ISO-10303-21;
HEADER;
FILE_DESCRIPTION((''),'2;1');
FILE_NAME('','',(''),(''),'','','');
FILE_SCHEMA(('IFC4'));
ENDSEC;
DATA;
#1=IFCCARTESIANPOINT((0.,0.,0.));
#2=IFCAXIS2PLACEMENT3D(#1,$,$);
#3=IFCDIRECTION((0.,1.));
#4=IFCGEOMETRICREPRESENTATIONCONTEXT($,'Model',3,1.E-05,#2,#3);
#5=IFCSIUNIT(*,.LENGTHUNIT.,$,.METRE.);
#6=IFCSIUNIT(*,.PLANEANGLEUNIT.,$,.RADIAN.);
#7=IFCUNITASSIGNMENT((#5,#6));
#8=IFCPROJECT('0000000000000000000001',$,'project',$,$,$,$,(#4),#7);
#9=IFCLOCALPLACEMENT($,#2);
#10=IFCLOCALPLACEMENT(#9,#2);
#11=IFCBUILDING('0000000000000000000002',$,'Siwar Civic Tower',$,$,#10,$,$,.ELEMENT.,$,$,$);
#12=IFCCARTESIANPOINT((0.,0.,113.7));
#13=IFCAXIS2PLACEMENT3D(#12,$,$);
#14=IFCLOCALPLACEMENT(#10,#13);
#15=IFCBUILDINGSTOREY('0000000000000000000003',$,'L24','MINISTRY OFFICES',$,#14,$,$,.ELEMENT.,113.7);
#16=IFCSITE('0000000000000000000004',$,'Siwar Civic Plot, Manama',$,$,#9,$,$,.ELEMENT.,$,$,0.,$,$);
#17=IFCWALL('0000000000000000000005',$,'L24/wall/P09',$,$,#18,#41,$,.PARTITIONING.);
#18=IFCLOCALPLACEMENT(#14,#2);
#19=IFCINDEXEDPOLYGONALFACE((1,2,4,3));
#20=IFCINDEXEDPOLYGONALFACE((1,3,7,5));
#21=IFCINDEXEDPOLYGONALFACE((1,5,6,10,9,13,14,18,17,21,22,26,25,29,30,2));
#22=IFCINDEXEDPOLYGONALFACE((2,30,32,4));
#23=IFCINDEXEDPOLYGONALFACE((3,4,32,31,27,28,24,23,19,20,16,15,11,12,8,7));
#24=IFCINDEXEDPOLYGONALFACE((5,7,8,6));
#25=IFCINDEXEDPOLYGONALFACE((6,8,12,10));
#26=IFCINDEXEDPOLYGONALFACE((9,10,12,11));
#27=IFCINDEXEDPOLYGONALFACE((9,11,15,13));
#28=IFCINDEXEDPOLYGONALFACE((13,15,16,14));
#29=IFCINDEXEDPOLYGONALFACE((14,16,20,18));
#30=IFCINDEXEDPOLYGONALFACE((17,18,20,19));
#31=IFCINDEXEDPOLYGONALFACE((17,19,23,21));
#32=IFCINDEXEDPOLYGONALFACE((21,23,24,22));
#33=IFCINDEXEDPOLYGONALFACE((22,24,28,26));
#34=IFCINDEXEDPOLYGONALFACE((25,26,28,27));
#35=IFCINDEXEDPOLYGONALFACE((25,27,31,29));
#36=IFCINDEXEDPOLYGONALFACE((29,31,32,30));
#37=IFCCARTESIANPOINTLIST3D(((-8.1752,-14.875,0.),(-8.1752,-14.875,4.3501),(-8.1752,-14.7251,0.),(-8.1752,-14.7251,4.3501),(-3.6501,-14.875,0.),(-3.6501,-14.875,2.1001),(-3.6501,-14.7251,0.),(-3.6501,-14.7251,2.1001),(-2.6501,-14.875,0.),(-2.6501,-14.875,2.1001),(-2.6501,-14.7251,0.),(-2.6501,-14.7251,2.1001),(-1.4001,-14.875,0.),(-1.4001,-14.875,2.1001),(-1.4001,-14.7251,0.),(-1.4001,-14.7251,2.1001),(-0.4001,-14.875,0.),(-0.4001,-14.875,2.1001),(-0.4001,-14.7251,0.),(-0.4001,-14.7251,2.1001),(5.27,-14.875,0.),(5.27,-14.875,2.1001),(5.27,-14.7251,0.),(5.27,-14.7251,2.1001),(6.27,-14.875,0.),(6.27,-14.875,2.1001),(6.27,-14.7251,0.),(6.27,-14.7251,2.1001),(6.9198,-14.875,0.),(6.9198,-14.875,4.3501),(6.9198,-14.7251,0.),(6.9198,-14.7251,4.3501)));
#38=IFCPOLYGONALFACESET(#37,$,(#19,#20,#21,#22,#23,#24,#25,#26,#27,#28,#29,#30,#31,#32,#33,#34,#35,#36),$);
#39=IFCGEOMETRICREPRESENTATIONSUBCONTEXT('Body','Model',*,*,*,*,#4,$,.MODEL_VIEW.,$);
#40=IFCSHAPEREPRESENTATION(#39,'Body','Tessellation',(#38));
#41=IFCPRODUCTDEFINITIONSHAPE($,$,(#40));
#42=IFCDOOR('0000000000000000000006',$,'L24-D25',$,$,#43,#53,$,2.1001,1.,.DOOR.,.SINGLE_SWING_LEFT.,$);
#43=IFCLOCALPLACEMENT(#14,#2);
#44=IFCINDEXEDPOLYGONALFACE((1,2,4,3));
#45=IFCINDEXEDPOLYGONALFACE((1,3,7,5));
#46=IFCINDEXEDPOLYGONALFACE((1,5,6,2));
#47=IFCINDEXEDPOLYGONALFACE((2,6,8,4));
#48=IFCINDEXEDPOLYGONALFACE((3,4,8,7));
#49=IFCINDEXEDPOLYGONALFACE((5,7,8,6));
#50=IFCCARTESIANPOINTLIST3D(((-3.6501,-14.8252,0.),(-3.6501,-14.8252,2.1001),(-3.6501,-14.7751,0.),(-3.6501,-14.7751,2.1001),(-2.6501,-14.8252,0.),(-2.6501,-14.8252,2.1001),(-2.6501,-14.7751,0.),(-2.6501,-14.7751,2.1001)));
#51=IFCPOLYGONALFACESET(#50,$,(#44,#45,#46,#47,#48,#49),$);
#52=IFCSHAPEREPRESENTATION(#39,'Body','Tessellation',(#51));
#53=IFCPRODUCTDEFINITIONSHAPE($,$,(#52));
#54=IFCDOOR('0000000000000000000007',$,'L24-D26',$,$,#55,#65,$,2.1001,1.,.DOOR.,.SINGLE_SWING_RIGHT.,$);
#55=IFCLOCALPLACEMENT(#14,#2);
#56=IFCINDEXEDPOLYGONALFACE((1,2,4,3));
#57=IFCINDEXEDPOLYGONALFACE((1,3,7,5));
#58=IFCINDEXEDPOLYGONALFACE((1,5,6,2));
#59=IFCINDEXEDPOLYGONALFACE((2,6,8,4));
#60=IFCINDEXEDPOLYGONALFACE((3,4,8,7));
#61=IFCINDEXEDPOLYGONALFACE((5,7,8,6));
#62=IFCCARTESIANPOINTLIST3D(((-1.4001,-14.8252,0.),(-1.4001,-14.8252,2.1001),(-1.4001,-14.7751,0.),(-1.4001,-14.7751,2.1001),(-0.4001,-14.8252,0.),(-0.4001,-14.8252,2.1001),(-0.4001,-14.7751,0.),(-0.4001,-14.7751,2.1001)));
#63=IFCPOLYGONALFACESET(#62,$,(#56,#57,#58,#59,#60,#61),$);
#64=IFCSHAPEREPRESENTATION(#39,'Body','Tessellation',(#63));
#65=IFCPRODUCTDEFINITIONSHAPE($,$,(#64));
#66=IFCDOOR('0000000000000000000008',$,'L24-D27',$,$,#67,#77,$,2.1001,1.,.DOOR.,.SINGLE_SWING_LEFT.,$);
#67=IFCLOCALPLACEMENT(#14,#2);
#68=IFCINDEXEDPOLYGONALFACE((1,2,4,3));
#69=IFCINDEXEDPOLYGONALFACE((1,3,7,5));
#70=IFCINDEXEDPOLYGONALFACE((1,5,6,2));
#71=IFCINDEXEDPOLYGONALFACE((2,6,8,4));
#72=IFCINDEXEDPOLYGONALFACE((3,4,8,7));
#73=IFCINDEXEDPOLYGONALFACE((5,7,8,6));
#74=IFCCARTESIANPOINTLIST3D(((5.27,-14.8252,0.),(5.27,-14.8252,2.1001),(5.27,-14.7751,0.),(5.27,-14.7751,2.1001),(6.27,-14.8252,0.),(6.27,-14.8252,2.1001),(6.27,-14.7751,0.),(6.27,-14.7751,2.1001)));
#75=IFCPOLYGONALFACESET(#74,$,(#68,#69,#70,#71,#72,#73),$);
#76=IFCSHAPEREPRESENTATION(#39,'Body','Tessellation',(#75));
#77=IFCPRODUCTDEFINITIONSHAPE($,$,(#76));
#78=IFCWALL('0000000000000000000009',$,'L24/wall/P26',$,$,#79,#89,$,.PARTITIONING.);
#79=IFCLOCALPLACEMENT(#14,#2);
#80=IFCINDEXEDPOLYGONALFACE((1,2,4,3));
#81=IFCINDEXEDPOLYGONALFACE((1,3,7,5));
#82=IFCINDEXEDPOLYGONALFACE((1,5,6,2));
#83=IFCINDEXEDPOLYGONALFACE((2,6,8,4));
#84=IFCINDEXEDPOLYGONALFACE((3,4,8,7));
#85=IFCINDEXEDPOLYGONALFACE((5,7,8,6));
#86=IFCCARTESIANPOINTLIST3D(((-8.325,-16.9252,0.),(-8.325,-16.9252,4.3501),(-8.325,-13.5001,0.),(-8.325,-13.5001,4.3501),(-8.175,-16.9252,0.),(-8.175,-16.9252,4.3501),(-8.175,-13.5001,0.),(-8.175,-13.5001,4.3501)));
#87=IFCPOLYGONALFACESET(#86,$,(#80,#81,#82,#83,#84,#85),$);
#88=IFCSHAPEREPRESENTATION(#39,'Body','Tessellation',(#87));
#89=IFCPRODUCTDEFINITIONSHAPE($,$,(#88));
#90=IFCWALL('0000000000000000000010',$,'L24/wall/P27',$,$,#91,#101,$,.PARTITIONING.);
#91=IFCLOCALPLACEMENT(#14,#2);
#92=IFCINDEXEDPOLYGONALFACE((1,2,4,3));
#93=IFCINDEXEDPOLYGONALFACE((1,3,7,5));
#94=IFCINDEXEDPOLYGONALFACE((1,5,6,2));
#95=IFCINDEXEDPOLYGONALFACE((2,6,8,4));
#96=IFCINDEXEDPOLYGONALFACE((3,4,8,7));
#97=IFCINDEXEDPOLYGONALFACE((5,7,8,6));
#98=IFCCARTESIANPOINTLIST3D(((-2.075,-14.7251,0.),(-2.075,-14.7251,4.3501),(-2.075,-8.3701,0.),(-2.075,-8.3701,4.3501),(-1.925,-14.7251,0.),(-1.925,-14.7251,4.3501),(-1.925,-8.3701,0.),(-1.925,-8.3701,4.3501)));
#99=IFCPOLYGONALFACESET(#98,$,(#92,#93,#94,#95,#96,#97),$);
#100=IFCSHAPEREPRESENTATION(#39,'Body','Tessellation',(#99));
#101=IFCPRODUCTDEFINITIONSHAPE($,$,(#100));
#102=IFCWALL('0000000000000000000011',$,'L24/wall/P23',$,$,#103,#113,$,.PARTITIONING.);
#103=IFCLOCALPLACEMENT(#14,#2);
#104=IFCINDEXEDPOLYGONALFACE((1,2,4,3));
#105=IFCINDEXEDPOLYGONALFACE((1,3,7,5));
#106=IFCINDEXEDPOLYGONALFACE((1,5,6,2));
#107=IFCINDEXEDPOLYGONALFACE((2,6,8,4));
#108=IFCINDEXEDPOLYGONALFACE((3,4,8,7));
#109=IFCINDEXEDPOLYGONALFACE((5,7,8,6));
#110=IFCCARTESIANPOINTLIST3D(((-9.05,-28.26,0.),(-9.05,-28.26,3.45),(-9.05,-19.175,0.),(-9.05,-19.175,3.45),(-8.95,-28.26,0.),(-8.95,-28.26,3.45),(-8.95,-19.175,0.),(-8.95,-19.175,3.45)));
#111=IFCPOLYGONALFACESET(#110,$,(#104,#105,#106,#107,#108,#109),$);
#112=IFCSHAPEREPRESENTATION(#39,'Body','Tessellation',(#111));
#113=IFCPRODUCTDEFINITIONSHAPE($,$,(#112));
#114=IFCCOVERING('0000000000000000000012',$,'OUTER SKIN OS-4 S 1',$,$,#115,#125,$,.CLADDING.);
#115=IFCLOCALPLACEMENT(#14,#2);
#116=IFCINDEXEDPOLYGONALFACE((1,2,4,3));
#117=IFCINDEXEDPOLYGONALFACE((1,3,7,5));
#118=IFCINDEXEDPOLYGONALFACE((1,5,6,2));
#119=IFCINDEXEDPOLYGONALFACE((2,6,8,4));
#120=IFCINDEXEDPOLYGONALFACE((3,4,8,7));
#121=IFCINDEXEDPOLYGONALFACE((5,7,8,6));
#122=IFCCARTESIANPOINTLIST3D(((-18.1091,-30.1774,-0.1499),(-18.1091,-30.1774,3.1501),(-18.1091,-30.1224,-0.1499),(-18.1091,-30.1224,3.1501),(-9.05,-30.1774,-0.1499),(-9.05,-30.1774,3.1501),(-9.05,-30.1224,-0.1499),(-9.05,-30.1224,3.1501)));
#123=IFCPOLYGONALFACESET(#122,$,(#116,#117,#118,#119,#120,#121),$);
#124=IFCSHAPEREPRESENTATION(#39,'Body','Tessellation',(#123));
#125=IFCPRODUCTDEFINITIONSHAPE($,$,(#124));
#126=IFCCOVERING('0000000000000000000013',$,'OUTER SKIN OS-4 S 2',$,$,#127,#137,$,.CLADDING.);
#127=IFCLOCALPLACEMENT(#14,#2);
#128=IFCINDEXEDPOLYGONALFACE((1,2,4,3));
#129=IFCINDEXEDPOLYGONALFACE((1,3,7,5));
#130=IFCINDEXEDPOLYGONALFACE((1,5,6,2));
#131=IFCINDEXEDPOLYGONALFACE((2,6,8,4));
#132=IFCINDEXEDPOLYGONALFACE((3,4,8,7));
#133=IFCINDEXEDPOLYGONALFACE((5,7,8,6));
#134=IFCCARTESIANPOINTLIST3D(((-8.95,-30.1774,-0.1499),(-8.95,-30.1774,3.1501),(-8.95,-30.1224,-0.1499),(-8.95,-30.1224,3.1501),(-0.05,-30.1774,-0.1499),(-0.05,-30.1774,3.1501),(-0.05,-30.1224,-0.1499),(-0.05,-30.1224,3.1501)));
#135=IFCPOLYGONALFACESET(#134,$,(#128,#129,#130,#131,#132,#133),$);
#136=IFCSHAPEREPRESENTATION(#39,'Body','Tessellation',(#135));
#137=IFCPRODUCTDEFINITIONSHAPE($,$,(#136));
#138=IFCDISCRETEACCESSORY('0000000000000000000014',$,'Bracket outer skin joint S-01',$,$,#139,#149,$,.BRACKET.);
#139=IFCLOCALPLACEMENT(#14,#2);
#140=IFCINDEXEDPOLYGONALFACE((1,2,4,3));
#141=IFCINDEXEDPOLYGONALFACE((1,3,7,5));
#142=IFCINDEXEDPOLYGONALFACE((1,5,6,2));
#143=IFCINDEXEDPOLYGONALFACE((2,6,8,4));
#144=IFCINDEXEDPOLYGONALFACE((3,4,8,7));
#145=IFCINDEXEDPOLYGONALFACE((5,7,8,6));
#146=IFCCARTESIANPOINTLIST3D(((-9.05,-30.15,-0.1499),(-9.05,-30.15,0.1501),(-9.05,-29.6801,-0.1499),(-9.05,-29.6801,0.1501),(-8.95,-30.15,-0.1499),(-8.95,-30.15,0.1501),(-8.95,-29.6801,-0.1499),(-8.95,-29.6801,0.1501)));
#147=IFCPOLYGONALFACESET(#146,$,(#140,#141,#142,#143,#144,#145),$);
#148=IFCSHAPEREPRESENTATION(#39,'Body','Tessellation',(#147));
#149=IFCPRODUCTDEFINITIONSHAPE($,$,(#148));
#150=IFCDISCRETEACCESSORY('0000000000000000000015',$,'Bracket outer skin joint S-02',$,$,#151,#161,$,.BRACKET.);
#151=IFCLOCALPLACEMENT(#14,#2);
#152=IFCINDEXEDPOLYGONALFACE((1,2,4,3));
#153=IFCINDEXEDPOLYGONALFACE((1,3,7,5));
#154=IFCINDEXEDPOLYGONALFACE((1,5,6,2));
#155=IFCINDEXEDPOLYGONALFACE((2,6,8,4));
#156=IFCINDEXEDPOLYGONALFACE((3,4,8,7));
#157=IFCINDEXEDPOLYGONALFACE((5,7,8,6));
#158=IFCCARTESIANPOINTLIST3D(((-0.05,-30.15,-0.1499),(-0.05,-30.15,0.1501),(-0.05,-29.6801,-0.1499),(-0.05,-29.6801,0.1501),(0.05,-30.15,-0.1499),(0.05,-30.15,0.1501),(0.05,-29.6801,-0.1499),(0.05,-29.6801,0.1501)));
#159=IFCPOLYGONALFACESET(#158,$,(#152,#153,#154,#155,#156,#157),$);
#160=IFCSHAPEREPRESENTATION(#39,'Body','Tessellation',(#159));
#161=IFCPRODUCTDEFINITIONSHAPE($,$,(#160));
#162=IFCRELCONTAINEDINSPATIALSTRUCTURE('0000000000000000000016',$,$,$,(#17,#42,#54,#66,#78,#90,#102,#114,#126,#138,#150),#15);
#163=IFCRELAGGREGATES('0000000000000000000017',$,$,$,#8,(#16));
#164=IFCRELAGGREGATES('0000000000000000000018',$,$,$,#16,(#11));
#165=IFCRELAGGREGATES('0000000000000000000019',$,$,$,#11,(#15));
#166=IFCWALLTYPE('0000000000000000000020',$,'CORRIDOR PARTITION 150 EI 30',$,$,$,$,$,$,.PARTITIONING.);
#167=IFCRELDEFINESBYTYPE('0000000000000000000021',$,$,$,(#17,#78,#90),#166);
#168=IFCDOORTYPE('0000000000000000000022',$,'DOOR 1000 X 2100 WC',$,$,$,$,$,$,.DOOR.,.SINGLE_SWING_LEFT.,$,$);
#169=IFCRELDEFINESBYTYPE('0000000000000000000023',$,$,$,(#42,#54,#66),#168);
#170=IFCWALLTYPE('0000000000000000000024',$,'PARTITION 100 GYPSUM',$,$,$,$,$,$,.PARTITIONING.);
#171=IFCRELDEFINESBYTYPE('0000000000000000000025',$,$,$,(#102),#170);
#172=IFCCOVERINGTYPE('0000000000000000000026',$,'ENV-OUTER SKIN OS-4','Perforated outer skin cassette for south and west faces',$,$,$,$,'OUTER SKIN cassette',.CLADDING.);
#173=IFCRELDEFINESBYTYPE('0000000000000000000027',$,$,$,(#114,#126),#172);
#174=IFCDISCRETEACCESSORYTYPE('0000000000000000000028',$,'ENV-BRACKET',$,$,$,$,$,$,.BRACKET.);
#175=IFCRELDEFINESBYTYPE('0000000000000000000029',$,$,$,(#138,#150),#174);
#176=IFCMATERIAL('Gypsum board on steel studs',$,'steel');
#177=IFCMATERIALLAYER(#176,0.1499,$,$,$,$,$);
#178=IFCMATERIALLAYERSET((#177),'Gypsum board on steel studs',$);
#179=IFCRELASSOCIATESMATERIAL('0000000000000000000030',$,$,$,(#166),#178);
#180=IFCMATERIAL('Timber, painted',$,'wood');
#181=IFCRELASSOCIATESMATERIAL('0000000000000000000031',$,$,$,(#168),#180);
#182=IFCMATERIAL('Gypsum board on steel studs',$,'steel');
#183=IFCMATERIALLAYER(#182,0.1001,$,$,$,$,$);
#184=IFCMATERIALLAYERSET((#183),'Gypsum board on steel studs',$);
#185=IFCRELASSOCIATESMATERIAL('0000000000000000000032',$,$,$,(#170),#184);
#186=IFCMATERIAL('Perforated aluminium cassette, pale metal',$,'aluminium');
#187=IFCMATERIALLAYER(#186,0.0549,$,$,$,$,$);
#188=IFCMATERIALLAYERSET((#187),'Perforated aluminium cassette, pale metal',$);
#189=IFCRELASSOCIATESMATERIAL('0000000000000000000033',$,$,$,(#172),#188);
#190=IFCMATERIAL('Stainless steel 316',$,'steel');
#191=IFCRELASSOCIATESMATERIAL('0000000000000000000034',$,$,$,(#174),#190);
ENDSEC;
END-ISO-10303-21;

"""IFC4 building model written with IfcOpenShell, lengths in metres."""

from ifc_helpers import new_model, si_unit, direction, frame, frame_2d, origin, origin_2d, place, context, subcontext, project, spatial, rectangle, extrude, material, layer, layer_set, type_object, element, fill, save


model = new_model("IFC4")

# Units and contexts
model_context = context("Model", 3, precision=1e-05, world=origin(), true_north=direction((0.0, 1.0)))
body_context = subcontext(model_context, "Body", "Model", "MODEL_VIEW")
ifc_project = project(units=[si_unit("LENGTHUNIT", "METRE"), si_unit("PLANEANGLEUNIT", "RADIAN")], contexts=[model_context])

# Site, building, storey
site_placement = place(None, origin())
site = spatial("IfcSite", under=ifc_project, at=site_placement, Name="Siwar Civic Plot, Manama", CompositionType="ELEMENT", RefElevation=0.0)
building_placement = place(site_placement, origin())
building = spatial("IfcBuilding", under=site, at=building_placement, Name="Siwar Civic Tower", CompositionType="ELEMENT")
storey_placement = place(building_placement, frame((0.0, 0.0, 113.7)))
storey = spatial("IfcBuildingStorey", under=building, at=storey_placement, Name="L24", Description="MINISTRY OFFICES", CompositionType="ELEMENT", Elevation=113.7)

# Wall, openings, doors
ifc_material_1 = material(Name="Gypsum board on steel studs", Category="steel")
ifc_layer_1 = layer(ifc_material_1, 0.1499)
ifc_layer_set_1 = layer_set([ifc_layer_1], Name="Gypsum board on steel studs")
wall_type_1 = type_object("IfcWallType", Name="CORRIDOR PARTITION 150 EI 30", PredefinedType="PARTITIONING", material=ifc_layer_set_1)
wall_1_placement = place(storey_placement, frame((-8.175, -14.8, 0.0), z_axis=(0.0, 0.0, 1.0), x_axis=(1.0, 0.0, 0.0)))
wall_1 = element("IfcWall", 1, at=wall_1_placement, inside=storey, type_object=wall_type_1, Name="L24/wall/P09", PredefinedType="PARTITIONING", context=body_context, shape_type="SweptSolid", body=[
    extrude(rectangle(XDim=15.095, YDim=0.1499, at=frame_2d((7.5474, 0.0))), origin(), (0.0, 0.0, 1.0), 4.3501),
])
opening_1_placement = place(wall_1_placement, frame((4.5249, 0.0, 0.0)))
opening_1 = element("IfcOpeningElement", 2, at=opening_1_placement, cuts=wall_1, PredefinedType="OPENING", context=body_context, shape_type="SweptSolid", body=[
    extrude(rectangle(XDim=1.0, YDim=2.1001, at=frame_2d((0.5, 1.05))), frame((0.0, 0.085, 0.0), z_axis=(0.0, -1.0, 0.0), x_axis=(1.0, 0.0, 0.0)), (0.0, 0.0, 1.0), 0.1699),
])
opening_2_placement = place(wall_1_placement, frame((6.7749, 0.0, 0.0)))
opening_2 = element("IfcOpeningElement", 3, at=opening_2_placement, cuts=wall_1, PredefinedType="OPENING", context=body_context, shape_type="SweptSolid", body=[
    extrude(rectangle(XDim=1.0, YDim=2.1001, at=frame_2d((0.5, 1.05))), frame((0.0, 0.085, 0.0), z_axis=(0.0, -1.0, 0.0), x_axis=(1.0, 0.0, 0.0)), (0.0, 0.0, 1.0), 0.1699),
])
opening_3_placement = place(wall_1_placement, frame((13.4451, 0.0, 0.0)))
opening_3 = element("IfcOpeningElement", 4, at=opening_3_placement, cuts=wall_1, PredefinedType="OPENING", context=body_context, shape_type="SweptSolid", body=[
    extrude(rectangle(XDim=1.0, YDim=2.1001, at=frame_2d((0.5, 1.05))), frame((0.0, 0.085, 0.0), z_axis=(0.0, -1.0, 0.0), x_axis=(1.0, 0.0, 0.0)), (0.0, 0.0, 1.0), 0.1699),
])
ifc_material_2 = material(Name="Timber, painted", Category="wood")
door_type = type_object("IfcDoorType", Name="DOOR 1000 X 2100 WC", OperationType="SINGLE_SWING_LEFT", PredefinedType="DOOR", material=ifc_material_2)
door_1_placement = place(opening_1_placement, origin())
door_1 = element("IfcDoor", 5, at=door_1_placement, inside=storey, type_object=door_type, Name="L24-D25", OperationType="SINGLE_SWING_LEFT", OverallHeight=2.1001, OverallWidth=1.0, PredefinedType="DOOR", context=body_context, shape_type="SweptSolid", body=[
    extrude(rectangle(XDim=1.0, YDim=2.1001, at=frame_2d((0.5, 1.05))), frame((0.0, 0.0249, 0.0), z_axis=(0.0, -1.0, 0.0), x_axis=(1.0, 0.0, 0.0)), (0.0, 0.0, 1.0), 0.05),
])
fill(opening_1, door_1)
door_2_placement = place(opening_2_placement, origin())
door_2 = element("IfcDoor", 6, at=door_2_placement, inside=storey, type_object=door_type, Name="L24-D26", OperationType="SINGLE_SWING_RIGHT", OverallHeight=2.1001, OverallWidth=1.0, PredefinedType="DOOR", context=body_context, shape_type="SweptSolid", body=[
    extrude(rectangle(XDim=1.0, YDim=2.1001, at=frame_2d((0.5, 1.05))), frame((0.0, 0.0249, 0.0), z_axis=(0.0, -1.0, 0.0), x_axis=(1.0, 0.0, 0.0)), (0.0, 0.0, 1.0), 0.05),
])
fill(opening_2, door_2)
door_3_placement = place(opening_3_placement, origin())
door_3 = element("IfcDoor", 7, at=door_3_placement, inside=storey, type_object=door_type, Name="L24-D27", OperationType="SINGLE_SWING_LEFT", OverallHeight=2.1001, OverallWidth=1.0, PredefinedType="DOOR", context=body_context, shape_type="SweptSolid", body=[
    extrude(rectangle(XDim=1.0, YDim=2.1001, at=frame_2d((0.5, 1.05))), frame((0.0, 0.0249, 0.0), z_axis=(0.0, -1.0, 0.0), x_axis=(1.0, 0.0, 0.0)), (0.0, 0.0, 1.0), 0.05),
])
fill(opening_3, door_3)

# Walls
wall_2_placement = place(storey_placement, frame((-8.25, -16.925, 0.0), z_axis=(0.0, 0.0, 1.0), x_axis=(0.0, 1.0, 0.0)))
element("IfcWall", 8, at=wall_2_placement, inside=storey, type_object=wall_type_1, Name="L24/wall/P26", PredefinedType="PARTITIONING", context=body_context, shape_type="SweptSolid", body=[
    extrude(rectangle(XDim=3.425, YDim=0.1499, at=frame_2d((1.7124, 0.0))), origin(), (0.0, 0.0, 1.0), 4.3501),
])
wall_3_placement = place(storey_placement, frame((-2.0, -14.7251, 0.0), z_axis=(0.0, 0.0, 1.0), x_axis=(0.0, 1.0, 0.0)))
element("IfcWall", 9, at=wall_3_placement, inside=storey, type_object=wall_type_1, Name="L24/wall/P27", PredefinedType="PARTITIONING", context=body_context, shape_type="SweptSolid", body=[
    extrude(rectangle(XDim=6.355, YDim=0.1499, at=frame_2d((3.1775, 0.0))), origin(), (0.0, 0.0, 1.0), 4.3501),
])
ifc_material_3 = material(Name="Gypsum board on steel studs", Category="steel")
ifc_layer_2 = layer(ifc_material_3, 0.1001)
ifc_layer_set_2 = layer_set([ifc_layer_2], Name="Gypsum board on steel studs")
wall_type_2 = type_object("IfcWallType", Name="PARTITION 100 GYPSUM", PredefinedType="PARTITIONING", material=ifc_layer_set_2)
wall_4_placement = place(storey_placement, frame((-9.0, -28.26, 0.0), z_axis=(0.0, 0.0, 1.0), x_axis=(0.0, 1.0, 0.0)))
element("IfcWall", 10, at=wall_4_placement, inside=storey, type_object=wall_type_2, Name="L24/wall/P23", PredefinedType="PARTITIONING", context=body_context, shape_type="SweptSolid", body=[
    extrude(rectangle(XDim=9.085, YDim=0.1001, at=frame_2d((4.5425, 0.0))), origin(), (0.0, 0.0, 1.0), 3.45),
])

# Coverings
ifc_material_4 = material(Name="Perforated aluminium cassette, pale metal", Category="aluminium")
ifc_layer_3 = layer(ifc_material_4, 0.0549)
ifc_layer_set_3 = layer_set([ifc_layer_3], Name="Perforated aluminium cassette, pale metal")
covering_type = type_object("IfcCoveringType", Name="ENV-OUTER SKIN OS-4", Description="Perforated outer skin cassette for south and west faces", ElementType="OUTER SKIN cassette", PredefinedType="CLADDING", material=ifc_layer_set_3)
covering_1_placement = place(storey_placement, frame((-13.5796, -30.1499, -0.1499), z_axis=(0.0, 0.0, 1.0), x_axis=(1.0, 0.0, 0.0)))
element("IfcCovering", 11, at=covering_1_placement, inside=storey, type_object=covering_type, Name="OUTER SKIN OS-4 S 1", PredefinedType="CLADDING", context=body_context, shape_type="SweptSolid", body=[
    extrude(rectangle(XDim=9.0591, YDim=0.0549, at=origin_2d()), origin(), (0.0, 0.0, 1.0), 3.3),
])
covering_2_placement = place(storey_placement, frame((-4.5, -30.1499, -0.1499), z_axis=(0.0, 0.0, 1.0), x_axis=(1.0, 0.0, 0.0)))
element("IfcCovering", 12, at=covering_2_placement, inside=storey, type_object=covering_type, Name="OUTER SKIN OS-4 S 2", PredefinedType="CLADDING", context=body_context, shape_type="SweptSolid", body=[
    extrude(rectangle(XDim=8.8999, YDim=0.0549, at=origin_2d()), origin(), (0.0, 0.0, 1.0), 3.3),
])

# Discrete accessories
ifc_material_5 = material(Name="Stainless steel 316", Category="steel")
discrete_accessory_type = type_object("IfcDiscreteAccessoryType", Name="ENV-BRACKET", PredefinedType="BRACKET", material=ifc_material_5)
for number, where, z_axis, x_axis, name in (
    (13, (-9.0, -29.915, -0.1499), (0.0, 0.0, 1.0), (0.0, -1.0, 0.0), "Bracket outer skin joint S-01"),
    (14, (0.0, -29.915, -0.1499), (0.0, 0.0, 1.0), (0.0, -1.0, 0.0), "Bracket outer skin joint S-02"),
):
    element("IfcDiscreteAccessory", number, at=place(storey_placement, frame(where, z_axis=z_axis, x_axis=x_axis)), inside=storey, type_object=discrete_accessory_type, Name=name, PredefinedType="BRACKET", context=body_context, shape_type="SweptSolid", body=[
        extrude(rectangle(XDim=0.47, YDim=0.1001, at=origin_2d()), origin(), (0.0, 0.0, 1.0), 0.3),
    ])

save(model, "model.ifc")
